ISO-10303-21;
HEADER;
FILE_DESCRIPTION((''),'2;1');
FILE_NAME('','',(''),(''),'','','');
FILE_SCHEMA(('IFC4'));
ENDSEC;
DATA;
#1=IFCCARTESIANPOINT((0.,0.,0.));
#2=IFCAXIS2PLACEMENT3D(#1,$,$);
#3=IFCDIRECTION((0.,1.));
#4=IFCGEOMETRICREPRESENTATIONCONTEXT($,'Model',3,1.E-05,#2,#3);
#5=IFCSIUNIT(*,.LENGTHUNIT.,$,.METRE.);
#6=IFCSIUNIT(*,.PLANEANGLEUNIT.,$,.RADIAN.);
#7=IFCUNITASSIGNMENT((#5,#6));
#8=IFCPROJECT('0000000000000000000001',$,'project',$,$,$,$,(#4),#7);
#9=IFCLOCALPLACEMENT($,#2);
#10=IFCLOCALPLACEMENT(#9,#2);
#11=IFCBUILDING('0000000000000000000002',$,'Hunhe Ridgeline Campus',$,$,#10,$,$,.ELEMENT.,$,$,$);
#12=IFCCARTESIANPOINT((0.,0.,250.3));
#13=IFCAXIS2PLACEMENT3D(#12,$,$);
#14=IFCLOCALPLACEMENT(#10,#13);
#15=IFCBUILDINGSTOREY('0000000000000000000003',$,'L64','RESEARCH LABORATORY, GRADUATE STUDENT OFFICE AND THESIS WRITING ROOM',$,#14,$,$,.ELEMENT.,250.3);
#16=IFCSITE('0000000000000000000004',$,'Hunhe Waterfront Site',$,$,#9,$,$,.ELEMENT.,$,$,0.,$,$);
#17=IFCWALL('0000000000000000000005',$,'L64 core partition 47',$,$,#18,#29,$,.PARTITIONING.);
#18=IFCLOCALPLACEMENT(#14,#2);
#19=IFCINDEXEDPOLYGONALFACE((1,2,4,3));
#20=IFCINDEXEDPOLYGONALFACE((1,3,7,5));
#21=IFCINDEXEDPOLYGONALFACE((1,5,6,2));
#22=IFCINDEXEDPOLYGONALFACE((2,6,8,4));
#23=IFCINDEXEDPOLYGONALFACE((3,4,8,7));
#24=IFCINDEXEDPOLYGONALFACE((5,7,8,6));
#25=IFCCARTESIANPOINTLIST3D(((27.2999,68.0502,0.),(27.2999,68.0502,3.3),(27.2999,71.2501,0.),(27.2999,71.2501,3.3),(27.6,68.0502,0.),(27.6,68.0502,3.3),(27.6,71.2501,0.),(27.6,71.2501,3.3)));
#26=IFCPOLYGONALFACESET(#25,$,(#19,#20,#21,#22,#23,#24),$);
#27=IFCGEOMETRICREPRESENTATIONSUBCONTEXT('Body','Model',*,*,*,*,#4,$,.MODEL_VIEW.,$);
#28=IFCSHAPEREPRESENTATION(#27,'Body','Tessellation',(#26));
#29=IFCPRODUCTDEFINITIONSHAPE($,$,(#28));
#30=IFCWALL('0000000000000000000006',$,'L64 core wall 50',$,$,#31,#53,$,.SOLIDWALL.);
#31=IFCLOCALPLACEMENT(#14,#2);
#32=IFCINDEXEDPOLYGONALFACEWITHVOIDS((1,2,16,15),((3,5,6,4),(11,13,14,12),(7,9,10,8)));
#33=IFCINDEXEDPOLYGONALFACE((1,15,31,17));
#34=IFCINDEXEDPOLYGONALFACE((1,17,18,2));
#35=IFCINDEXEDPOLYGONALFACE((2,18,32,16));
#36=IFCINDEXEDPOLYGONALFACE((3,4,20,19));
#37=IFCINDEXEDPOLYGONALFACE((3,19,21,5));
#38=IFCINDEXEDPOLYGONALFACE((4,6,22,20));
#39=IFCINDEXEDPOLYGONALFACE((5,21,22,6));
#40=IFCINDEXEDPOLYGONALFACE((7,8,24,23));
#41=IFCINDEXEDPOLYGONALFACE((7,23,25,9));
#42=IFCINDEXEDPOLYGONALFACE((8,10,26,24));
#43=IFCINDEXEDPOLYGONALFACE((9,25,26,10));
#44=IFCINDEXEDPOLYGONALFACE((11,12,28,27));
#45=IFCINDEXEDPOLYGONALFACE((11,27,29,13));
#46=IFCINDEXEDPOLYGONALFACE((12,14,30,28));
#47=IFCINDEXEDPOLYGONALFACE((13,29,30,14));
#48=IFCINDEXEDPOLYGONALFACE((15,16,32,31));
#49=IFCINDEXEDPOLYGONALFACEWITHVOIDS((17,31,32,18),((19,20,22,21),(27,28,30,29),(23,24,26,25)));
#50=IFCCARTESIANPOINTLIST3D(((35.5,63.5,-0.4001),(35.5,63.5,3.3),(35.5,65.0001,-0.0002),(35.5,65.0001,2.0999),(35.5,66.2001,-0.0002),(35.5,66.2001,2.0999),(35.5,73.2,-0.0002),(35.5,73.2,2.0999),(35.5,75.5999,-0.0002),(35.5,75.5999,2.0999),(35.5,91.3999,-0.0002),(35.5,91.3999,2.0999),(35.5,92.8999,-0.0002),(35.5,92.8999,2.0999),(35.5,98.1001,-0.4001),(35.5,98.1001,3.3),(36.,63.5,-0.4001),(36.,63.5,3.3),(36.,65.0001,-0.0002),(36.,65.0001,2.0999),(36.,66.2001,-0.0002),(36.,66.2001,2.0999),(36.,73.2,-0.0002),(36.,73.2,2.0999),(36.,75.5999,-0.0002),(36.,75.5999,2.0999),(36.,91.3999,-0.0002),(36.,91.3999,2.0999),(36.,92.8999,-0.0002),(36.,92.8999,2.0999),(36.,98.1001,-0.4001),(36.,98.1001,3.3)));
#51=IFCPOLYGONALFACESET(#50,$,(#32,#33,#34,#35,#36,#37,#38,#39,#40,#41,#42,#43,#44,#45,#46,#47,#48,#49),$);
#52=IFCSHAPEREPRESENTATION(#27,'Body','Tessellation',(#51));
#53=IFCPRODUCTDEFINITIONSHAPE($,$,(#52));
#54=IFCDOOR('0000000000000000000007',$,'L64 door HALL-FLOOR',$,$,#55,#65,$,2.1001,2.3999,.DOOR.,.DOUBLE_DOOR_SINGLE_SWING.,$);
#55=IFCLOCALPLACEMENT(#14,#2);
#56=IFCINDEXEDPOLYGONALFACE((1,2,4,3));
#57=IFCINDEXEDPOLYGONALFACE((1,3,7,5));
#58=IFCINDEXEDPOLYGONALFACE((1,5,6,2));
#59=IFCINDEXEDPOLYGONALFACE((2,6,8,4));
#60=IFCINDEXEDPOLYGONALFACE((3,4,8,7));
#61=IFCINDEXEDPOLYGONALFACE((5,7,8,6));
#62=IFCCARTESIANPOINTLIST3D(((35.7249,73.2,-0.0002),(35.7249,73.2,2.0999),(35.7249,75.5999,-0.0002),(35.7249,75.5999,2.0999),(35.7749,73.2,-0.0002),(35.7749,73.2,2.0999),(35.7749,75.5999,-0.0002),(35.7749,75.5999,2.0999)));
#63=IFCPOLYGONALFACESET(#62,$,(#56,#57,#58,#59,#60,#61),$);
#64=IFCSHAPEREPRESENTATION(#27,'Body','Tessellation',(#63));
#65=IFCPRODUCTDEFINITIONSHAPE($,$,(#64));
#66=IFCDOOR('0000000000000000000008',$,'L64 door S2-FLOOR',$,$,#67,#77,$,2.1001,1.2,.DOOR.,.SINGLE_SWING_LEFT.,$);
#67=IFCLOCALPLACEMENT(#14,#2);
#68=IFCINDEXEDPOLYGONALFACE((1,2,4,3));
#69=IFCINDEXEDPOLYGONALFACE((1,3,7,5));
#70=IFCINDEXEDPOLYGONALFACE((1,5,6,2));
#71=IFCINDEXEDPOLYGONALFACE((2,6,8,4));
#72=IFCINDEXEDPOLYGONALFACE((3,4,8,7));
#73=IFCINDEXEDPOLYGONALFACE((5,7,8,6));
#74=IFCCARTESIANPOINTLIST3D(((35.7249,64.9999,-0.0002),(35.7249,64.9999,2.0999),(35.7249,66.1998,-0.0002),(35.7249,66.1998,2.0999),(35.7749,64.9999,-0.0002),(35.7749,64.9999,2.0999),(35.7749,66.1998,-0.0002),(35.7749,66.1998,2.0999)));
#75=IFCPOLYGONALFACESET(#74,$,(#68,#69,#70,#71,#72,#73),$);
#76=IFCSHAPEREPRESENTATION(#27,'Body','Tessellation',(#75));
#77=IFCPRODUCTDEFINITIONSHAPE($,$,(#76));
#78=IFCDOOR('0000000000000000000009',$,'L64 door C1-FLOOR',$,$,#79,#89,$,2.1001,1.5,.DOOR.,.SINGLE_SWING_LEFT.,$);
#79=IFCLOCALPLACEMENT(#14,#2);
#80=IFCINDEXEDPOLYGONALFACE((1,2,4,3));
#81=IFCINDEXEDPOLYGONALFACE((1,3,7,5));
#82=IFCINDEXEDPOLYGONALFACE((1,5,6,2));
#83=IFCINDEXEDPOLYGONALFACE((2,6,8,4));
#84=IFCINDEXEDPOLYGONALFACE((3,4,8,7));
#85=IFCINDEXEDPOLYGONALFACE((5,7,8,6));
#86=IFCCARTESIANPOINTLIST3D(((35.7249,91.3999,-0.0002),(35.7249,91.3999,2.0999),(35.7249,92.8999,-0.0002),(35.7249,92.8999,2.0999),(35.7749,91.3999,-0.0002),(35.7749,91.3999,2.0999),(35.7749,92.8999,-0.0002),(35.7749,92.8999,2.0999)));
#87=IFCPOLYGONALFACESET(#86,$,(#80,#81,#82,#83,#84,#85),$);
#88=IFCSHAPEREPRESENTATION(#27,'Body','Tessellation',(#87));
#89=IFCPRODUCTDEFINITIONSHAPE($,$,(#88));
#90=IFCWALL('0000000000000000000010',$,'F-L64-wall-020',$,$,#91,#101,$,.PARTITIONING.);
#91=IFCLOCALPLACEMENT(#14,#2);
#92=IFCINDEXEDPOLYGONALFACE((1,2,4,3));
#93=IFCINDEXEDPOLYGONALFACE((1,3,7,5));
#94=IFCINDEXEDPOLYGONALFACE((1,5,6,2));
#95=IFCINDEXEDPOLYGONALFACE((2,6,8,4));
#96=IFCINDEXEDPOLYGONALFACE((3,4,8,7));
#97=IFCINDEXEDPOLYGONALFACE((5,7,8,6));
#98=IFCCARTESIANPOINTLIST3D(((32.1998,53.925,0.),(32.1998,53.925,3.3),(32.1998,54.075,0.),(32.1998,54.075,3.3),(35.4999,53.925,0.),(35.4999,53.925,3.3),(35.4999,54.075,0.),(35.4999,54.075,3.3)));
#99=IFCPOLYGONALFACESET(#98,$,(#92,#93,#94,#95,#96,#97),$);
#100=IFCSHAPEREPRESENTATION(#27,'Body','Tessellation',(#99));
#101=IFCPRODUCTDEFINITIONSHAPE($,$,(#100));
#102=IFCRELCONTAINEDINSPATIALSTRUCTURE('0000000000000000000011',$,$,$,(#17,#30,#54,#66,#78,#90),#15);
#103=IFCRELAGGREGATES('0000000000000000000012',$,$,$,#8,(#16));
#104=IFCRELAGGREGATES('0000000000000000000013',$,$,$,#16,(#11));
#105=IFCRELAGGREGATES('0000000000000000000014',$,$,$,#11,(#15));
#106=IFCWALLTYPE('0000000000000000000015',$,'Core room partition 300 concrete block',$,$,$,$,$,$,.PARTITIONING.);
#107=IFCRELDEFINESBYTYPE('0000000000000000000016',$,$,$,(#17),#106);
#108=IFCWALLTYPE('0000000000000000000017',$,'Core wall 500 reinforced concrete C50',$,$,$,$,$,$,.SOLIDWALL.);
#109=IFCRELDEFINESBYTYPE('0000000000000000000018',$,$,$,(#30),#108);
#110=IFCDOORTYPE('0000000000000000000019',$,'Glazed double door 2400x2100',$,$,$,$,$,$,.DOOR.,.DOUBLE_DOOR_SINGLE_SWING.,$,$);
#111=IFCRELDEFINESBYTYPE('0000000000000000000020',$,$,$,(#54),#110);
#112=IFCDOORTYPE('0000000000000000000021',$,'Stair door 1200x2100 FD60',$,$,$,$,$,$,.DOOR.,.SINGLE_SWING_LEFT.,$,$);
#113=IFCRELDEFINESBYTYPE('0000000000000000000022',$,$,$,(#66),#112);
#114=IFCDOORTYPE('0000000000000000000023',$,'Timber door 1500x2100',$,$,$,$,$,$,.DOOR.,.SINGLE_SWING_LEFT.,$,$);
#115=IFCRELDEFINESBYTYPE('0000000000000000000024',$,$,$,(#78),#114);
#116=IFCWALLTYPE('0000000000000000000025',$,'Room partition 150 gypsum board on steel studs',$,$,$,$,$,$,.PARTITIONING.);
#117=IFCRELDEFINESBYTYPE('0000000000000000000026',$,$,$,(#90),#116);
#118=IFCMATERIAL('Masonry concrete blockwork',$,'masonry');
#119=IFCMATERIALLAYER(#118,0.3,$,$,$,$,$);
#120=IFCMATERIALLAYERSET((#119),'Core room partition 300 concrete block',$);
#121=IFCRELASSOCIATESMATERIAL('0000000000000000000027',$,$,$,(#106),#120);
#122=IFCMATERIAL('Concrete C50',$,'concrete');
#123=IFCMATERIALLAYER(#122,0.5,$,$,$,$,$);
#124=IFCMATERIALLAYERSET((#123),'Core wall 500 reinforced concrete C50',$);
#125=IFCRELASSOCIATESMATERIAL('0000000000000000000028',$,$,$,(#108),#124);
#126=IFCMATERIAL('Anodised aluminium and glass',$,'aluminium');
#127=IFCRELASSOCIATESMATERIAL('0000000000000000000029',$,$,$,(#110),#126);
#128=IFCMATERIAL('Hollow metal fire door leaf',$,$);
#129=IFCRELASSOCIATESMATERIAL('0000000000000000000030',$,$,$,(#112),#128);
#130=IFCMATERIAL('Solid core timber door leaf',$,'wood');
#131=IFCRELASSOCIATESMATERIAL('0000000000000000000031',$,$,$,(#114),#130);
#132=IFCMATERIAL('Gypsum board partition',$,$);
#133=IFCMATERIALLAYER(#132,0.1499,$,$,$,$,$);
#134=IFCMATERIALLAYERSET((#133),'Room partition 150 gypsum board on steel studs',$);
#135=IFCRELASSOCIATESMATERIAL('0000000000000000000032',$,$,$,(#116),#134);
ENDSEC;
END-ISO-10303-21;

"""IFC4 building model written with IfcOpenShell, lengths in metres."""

from ifc_helpers import new_model, si_unit, direction, frame, frame_2d, origin, place, context, subcontext, project, spatial, rectangle, extrude, material, layer, layer_set, type_object, element, fill, save


model = new_model("IFC4")

# Units and contexts
model_context = context("Model", 3, precision=1e-05, world=origin(), true_north=direction((0.0, 1.0)))
body_context = subcontext(model_context, "Body", "Model", "MODEL_VIEW")
ifc_project = project(units=[si_unit("LENGTHUNIT", "METRE"), si_unit("PLANEANGLEUNIT", "RADIAN")], contexts=[model_context])

# Site, building, storey
site_placement = place(None, origin())
site = spatial("IfcSite", under=ifc_project, at=site_placement, Name="Hunhe Waterfront Site", CompositionType="ELEMENT", RefElevation=0.0)
building_placement = place(site_placement, origin())
building = spatial("IfcBuilding", under=site, at=building_placement, Name="Hunhe Ridgeline Campus", CompositionType="ELEMENT")
storey_placement = place(building_placement, frame((0.0, 0.0, 250.3)))
storey = spatial("IfcBuildingStorey", under=building, at=storey_placement, Name="L64", Description="RESEARCH LABORATORY, GRADUATE STUDENT OFFICE AND THESIS WRITING ROOM", CompositionType="ELEMENT", Elevation=250.3)

# Wall
ifc_material_1 = material(Name="Masonry concrete blockwork", Category="masonry")
ifc_layer_1 = layer(ifc_material_1, 0.3)
ifc_layer_set_1 = layer_set([ifc_layer_1], Name="Core room partition 300 concrete block")
wall_type_1 = type_object("IfcWallType", Name="Core room partition 300 concrete block", PredefinedType="PARTITIONING", material=ifc_layer_set_1)
wall_1_placement = place(storey_placement, frame((27.45, 68.05, 0.0), z_axis=(0.0, 0.0, 1.0), x_axis=(0.0, 1.0, 0.0)))
element("IfcWall", 1, at=wall_1_placement, inside=storey, type_object=wall_type_1, Name="L64 core partition 47", PredefinedType="PARTITIONING", context=body_context, shape_type="SweptSolid", body=[
    extrude(rectangle(XDim=3.2, YDim=0.3, at=frame_2d((1.6001, 0.0))), origin(), (0.0, 0.0, 1.0), 3.3),
])

# Wall, openings, doors
ifc_material_2 = material(Name="Concrete C50", Category="concrete")
ifc_layer_2 = layer(ifc_material_2, 0.5)
ifc_layer_set_2 = layer_set([ifc_layer_2], Name="Core wall 500 reinforced concrete C50")
wall_type_2 = type_object("IfcWallType", Name="Core wall 500 reinforced concrete C50", PredefinedType="SOLIDWALL", material=ifc_layer_set_2)
wall_2_placement = place(storey_placement, frame((35.75, 63.5, -0.4001), z_axis=(0.0, 0.0, 1.0), x_axis=(0.0, 1.0, 0.0)))
wall_2 = element("IfcWall", 2, at=wall_2_placement, inside=storey, type_object=wall_type_2, Name="L64 core wall 50", PredefinedType="SOLIDWALL", context=body_context, shape_type="SweptSolid", body=[
    extrude(rectangle(XDim=34.6001, YDim=0.5, at=frame_2d((17.3, 0.0))), origin(), (0.0, 0.0, 1.0), 3.7002),
])
opening_1_placement = place(wall_2_placement, frame((9.7, 0.0, 0.3999)))
opening_1 = element("IfcOpeningElement", 3, at=opening_1_placement, cuts=wall_2, PredefinedType="OPENING", context=body_context, shape_type="SweptSolid", body=[
    extrude(rectangle(XDim=2.3999, YDim=2.1001, at=frame_2d((1.2, 1.05))), frame((0.0, 0.25, 0.0), z_axis=(0.0, -1.0, 0.0), x_axis=(1.0, 0.0, 0.0)), (0.0, 0.0, 1.0), 0.5),
])
opening_2_placement = place(wall_2_placement, frame((27.8999, 0.0, 0.3999)))
opening_2 = element("IfcOpeningElement", 4, at=opening_2_placement, cuts=wall_2, PredefinedType="OPENING", context=body_context, shape_type="SweptSolid", body=[
    extrude(rectangle(XDim=1.5, YDim=2.1001, at=frame_2d((0.75, 1.05))), frame((0.0, 0.25, 0.0), z_axis=(0.0, -1.0, 0.0), x_axis=(1.0, 0.0, 0.0)), (0.0, 0.0, 1.0), 0.5),
])
opening_3_placement = place(wall_2_placement, frame((1.5, 0.0, 0.3999)))
opening_3 = element("IfcOpeningElement", 5, at=opening_3_placement, cuts=wall_2, PredefinedType="OPENING", context=body_context, shape_type="SweptSolid", body=[
    extrude(rectangle(XDim=1.2, YDim=2.1001, at=frame_2d((0.6001, 1.05))), frame((0.0, 0.25, 0.0), z_axis=(0.0, -1.0, 0.0), x_axis=(1.0, 0.0, 0.0)), (0.0, 0.0, 1.0), 0.5),
])
ifc_material_3 = material(Name="Anodised aluminium and glass", Category="aluminium")
door_type_1 = type_object("IfcDoorType", Name="Glazed double door 2400x2100", OperationType="DOUBLE_DOOR_SINGLE_SWING", PredefinedType="DOOR", material=ifc_material_3)
door_1_placement = place(opening_1_placement, frame((2.3999, 0.0, 0.0), z_axis=(0.0, 0.0, 1.0), x_axis=(-1.0, 0.0, 0.0)))
door_1 = element("IfcDoor", 6, at=door_1_placement, inside=storey, type_object=door_type_1, Name="L64 door HALL-FLOOR", OperationType="DOUBLE_DOOR_SINGLE_SWING", OverallHeight=2.1001, OverallWidth=2.3999, PredefinedType="DOOR", context=body_context, shape_type="SweptSolid", body=[
    extrude(rectangle(XDim=2.3999, YDim=2.1001, at=frame_2d((1.2, 1.05))), frame((0.0, 0.0249, 0.0), z_axis=(0.0, -1.0, 0.0), x_axis=(1.0, 0.0, 0.0)), (0.0, 0.0, 1.0), 0.05),
])
fill(opening_1, door_1)
ifc_material_4 = material(Name="Hollow metal fire door leaf")
door_type_2 = type_object("IfcDoorType", Name="Stair door 1200x2100 FD60", OperationType="SINGLE_SWING_LEFT", PredefinedType="DOOR", material=ifc_material_4)
door_2_placement = place(opening_3_placement, frame((1.2, 0.0, 0.0), z_axis=(0.0, 0.0, 1.0), x_axis=(-1.0, 0.0, 0.0)))
door_2 = element("IfcDoor", 7, at=door_2_placement, inside=storey, type_object=door_type_2, Name="L64 door S2-FLOOR", OperationType="SINGLE_SWING_LEFT", OverallHeight=2.1001, OverallWidth=1.2, PredefinedType="DOOR", context=body_context, shape_type="SweptSolid", body=[
    extrude(rectangle(XDim=1.2, YDim=2.1001, at=frame_2d((0.6001, 1.05))), frame((0.0, 0.0249, 0.0), z_axis=(0.0, -1.0, 0.0), x_axis=(1.0, 0.0, 0.0)), (0.0, 0.0, 1.0), 0.05),
])
fill(opening_3, door_2)
ifc_material_5 = material(Name="Solid core timber door leaf", Category="wood")
door_type_3 = type_object("IfcDoorType", Name="Timber door 1500x2100", OperationType="SINGLE_SWING_LEFT", PredefinedType="DOOR", material=ifc_material_5)
door_3_placement = place(opening_2_placement, frame((1.5, 0.0, 0.0), z_axis=(0.0, 0.0, 1.0), x_axis=(-1.0, 0.0, 0.0)))
door_3 = element("IfcDoor", 8, at=door_3_placement, inside=storey, type_object=door_type_3, Name="L64 door C1-FLOOR", OperationType="SINGLE_SWING_LEFT", OverallHeight=2.1001, OverallWidth=1.5, PredefinedType="DOOR", context=body_context, shape_type="SweptSolid", body=[
    extrude(rectangle(XDim=1.5, YDim=2.1001, at=frame_2d((0.75, 1.05))), frame((0.0, 0.0249, 0.0), z_axis=(0.0, -1.0, 0.0), x_axis=(1.0, 0.0, 0.0)), (0.0, 0.0, 1.0), 0.05),
])
fill(opening_2, door_3)

# Shared definitions
ifc_material_6 = material(Name="Gypsum board partition")

# Wall
ifc_layer_3 = layer(ifc_material_6, 0.1499)
ifc_layer_set_3 = layer_set([ifc_layer_3], Name="Room partition 150 gypsum board on steel studs")
wall_type_3 = type_object("IfcWallType", Name="Room partition 150 gypsum board on steel studs", PredefinedType="PARTITIONING", material=ifc_layer_set_3)
wall_3_placement = place(storey_placement, frame((32.2, 54.0, 0.0), z_axis=(0.0, 0.0, 1.0), x_axis=(1.0, 0.0, 0.0)))
element("IfcWall", 9, at=wall_3_placement, inside=storey, type_object=wall_type_3, Name="F-L64-wall-020", PredefinedType="PARTITIONING", context=body_context, shape_type="SweptSolid", body=[
    extrude(rectangle(XDim=3.3, YDim=0.1499, at=frame_2d((1.6499, 0.0))), origin(), (0.0, 0.0, 1.0), 3.3),
])

save(model, "model.ifc")
